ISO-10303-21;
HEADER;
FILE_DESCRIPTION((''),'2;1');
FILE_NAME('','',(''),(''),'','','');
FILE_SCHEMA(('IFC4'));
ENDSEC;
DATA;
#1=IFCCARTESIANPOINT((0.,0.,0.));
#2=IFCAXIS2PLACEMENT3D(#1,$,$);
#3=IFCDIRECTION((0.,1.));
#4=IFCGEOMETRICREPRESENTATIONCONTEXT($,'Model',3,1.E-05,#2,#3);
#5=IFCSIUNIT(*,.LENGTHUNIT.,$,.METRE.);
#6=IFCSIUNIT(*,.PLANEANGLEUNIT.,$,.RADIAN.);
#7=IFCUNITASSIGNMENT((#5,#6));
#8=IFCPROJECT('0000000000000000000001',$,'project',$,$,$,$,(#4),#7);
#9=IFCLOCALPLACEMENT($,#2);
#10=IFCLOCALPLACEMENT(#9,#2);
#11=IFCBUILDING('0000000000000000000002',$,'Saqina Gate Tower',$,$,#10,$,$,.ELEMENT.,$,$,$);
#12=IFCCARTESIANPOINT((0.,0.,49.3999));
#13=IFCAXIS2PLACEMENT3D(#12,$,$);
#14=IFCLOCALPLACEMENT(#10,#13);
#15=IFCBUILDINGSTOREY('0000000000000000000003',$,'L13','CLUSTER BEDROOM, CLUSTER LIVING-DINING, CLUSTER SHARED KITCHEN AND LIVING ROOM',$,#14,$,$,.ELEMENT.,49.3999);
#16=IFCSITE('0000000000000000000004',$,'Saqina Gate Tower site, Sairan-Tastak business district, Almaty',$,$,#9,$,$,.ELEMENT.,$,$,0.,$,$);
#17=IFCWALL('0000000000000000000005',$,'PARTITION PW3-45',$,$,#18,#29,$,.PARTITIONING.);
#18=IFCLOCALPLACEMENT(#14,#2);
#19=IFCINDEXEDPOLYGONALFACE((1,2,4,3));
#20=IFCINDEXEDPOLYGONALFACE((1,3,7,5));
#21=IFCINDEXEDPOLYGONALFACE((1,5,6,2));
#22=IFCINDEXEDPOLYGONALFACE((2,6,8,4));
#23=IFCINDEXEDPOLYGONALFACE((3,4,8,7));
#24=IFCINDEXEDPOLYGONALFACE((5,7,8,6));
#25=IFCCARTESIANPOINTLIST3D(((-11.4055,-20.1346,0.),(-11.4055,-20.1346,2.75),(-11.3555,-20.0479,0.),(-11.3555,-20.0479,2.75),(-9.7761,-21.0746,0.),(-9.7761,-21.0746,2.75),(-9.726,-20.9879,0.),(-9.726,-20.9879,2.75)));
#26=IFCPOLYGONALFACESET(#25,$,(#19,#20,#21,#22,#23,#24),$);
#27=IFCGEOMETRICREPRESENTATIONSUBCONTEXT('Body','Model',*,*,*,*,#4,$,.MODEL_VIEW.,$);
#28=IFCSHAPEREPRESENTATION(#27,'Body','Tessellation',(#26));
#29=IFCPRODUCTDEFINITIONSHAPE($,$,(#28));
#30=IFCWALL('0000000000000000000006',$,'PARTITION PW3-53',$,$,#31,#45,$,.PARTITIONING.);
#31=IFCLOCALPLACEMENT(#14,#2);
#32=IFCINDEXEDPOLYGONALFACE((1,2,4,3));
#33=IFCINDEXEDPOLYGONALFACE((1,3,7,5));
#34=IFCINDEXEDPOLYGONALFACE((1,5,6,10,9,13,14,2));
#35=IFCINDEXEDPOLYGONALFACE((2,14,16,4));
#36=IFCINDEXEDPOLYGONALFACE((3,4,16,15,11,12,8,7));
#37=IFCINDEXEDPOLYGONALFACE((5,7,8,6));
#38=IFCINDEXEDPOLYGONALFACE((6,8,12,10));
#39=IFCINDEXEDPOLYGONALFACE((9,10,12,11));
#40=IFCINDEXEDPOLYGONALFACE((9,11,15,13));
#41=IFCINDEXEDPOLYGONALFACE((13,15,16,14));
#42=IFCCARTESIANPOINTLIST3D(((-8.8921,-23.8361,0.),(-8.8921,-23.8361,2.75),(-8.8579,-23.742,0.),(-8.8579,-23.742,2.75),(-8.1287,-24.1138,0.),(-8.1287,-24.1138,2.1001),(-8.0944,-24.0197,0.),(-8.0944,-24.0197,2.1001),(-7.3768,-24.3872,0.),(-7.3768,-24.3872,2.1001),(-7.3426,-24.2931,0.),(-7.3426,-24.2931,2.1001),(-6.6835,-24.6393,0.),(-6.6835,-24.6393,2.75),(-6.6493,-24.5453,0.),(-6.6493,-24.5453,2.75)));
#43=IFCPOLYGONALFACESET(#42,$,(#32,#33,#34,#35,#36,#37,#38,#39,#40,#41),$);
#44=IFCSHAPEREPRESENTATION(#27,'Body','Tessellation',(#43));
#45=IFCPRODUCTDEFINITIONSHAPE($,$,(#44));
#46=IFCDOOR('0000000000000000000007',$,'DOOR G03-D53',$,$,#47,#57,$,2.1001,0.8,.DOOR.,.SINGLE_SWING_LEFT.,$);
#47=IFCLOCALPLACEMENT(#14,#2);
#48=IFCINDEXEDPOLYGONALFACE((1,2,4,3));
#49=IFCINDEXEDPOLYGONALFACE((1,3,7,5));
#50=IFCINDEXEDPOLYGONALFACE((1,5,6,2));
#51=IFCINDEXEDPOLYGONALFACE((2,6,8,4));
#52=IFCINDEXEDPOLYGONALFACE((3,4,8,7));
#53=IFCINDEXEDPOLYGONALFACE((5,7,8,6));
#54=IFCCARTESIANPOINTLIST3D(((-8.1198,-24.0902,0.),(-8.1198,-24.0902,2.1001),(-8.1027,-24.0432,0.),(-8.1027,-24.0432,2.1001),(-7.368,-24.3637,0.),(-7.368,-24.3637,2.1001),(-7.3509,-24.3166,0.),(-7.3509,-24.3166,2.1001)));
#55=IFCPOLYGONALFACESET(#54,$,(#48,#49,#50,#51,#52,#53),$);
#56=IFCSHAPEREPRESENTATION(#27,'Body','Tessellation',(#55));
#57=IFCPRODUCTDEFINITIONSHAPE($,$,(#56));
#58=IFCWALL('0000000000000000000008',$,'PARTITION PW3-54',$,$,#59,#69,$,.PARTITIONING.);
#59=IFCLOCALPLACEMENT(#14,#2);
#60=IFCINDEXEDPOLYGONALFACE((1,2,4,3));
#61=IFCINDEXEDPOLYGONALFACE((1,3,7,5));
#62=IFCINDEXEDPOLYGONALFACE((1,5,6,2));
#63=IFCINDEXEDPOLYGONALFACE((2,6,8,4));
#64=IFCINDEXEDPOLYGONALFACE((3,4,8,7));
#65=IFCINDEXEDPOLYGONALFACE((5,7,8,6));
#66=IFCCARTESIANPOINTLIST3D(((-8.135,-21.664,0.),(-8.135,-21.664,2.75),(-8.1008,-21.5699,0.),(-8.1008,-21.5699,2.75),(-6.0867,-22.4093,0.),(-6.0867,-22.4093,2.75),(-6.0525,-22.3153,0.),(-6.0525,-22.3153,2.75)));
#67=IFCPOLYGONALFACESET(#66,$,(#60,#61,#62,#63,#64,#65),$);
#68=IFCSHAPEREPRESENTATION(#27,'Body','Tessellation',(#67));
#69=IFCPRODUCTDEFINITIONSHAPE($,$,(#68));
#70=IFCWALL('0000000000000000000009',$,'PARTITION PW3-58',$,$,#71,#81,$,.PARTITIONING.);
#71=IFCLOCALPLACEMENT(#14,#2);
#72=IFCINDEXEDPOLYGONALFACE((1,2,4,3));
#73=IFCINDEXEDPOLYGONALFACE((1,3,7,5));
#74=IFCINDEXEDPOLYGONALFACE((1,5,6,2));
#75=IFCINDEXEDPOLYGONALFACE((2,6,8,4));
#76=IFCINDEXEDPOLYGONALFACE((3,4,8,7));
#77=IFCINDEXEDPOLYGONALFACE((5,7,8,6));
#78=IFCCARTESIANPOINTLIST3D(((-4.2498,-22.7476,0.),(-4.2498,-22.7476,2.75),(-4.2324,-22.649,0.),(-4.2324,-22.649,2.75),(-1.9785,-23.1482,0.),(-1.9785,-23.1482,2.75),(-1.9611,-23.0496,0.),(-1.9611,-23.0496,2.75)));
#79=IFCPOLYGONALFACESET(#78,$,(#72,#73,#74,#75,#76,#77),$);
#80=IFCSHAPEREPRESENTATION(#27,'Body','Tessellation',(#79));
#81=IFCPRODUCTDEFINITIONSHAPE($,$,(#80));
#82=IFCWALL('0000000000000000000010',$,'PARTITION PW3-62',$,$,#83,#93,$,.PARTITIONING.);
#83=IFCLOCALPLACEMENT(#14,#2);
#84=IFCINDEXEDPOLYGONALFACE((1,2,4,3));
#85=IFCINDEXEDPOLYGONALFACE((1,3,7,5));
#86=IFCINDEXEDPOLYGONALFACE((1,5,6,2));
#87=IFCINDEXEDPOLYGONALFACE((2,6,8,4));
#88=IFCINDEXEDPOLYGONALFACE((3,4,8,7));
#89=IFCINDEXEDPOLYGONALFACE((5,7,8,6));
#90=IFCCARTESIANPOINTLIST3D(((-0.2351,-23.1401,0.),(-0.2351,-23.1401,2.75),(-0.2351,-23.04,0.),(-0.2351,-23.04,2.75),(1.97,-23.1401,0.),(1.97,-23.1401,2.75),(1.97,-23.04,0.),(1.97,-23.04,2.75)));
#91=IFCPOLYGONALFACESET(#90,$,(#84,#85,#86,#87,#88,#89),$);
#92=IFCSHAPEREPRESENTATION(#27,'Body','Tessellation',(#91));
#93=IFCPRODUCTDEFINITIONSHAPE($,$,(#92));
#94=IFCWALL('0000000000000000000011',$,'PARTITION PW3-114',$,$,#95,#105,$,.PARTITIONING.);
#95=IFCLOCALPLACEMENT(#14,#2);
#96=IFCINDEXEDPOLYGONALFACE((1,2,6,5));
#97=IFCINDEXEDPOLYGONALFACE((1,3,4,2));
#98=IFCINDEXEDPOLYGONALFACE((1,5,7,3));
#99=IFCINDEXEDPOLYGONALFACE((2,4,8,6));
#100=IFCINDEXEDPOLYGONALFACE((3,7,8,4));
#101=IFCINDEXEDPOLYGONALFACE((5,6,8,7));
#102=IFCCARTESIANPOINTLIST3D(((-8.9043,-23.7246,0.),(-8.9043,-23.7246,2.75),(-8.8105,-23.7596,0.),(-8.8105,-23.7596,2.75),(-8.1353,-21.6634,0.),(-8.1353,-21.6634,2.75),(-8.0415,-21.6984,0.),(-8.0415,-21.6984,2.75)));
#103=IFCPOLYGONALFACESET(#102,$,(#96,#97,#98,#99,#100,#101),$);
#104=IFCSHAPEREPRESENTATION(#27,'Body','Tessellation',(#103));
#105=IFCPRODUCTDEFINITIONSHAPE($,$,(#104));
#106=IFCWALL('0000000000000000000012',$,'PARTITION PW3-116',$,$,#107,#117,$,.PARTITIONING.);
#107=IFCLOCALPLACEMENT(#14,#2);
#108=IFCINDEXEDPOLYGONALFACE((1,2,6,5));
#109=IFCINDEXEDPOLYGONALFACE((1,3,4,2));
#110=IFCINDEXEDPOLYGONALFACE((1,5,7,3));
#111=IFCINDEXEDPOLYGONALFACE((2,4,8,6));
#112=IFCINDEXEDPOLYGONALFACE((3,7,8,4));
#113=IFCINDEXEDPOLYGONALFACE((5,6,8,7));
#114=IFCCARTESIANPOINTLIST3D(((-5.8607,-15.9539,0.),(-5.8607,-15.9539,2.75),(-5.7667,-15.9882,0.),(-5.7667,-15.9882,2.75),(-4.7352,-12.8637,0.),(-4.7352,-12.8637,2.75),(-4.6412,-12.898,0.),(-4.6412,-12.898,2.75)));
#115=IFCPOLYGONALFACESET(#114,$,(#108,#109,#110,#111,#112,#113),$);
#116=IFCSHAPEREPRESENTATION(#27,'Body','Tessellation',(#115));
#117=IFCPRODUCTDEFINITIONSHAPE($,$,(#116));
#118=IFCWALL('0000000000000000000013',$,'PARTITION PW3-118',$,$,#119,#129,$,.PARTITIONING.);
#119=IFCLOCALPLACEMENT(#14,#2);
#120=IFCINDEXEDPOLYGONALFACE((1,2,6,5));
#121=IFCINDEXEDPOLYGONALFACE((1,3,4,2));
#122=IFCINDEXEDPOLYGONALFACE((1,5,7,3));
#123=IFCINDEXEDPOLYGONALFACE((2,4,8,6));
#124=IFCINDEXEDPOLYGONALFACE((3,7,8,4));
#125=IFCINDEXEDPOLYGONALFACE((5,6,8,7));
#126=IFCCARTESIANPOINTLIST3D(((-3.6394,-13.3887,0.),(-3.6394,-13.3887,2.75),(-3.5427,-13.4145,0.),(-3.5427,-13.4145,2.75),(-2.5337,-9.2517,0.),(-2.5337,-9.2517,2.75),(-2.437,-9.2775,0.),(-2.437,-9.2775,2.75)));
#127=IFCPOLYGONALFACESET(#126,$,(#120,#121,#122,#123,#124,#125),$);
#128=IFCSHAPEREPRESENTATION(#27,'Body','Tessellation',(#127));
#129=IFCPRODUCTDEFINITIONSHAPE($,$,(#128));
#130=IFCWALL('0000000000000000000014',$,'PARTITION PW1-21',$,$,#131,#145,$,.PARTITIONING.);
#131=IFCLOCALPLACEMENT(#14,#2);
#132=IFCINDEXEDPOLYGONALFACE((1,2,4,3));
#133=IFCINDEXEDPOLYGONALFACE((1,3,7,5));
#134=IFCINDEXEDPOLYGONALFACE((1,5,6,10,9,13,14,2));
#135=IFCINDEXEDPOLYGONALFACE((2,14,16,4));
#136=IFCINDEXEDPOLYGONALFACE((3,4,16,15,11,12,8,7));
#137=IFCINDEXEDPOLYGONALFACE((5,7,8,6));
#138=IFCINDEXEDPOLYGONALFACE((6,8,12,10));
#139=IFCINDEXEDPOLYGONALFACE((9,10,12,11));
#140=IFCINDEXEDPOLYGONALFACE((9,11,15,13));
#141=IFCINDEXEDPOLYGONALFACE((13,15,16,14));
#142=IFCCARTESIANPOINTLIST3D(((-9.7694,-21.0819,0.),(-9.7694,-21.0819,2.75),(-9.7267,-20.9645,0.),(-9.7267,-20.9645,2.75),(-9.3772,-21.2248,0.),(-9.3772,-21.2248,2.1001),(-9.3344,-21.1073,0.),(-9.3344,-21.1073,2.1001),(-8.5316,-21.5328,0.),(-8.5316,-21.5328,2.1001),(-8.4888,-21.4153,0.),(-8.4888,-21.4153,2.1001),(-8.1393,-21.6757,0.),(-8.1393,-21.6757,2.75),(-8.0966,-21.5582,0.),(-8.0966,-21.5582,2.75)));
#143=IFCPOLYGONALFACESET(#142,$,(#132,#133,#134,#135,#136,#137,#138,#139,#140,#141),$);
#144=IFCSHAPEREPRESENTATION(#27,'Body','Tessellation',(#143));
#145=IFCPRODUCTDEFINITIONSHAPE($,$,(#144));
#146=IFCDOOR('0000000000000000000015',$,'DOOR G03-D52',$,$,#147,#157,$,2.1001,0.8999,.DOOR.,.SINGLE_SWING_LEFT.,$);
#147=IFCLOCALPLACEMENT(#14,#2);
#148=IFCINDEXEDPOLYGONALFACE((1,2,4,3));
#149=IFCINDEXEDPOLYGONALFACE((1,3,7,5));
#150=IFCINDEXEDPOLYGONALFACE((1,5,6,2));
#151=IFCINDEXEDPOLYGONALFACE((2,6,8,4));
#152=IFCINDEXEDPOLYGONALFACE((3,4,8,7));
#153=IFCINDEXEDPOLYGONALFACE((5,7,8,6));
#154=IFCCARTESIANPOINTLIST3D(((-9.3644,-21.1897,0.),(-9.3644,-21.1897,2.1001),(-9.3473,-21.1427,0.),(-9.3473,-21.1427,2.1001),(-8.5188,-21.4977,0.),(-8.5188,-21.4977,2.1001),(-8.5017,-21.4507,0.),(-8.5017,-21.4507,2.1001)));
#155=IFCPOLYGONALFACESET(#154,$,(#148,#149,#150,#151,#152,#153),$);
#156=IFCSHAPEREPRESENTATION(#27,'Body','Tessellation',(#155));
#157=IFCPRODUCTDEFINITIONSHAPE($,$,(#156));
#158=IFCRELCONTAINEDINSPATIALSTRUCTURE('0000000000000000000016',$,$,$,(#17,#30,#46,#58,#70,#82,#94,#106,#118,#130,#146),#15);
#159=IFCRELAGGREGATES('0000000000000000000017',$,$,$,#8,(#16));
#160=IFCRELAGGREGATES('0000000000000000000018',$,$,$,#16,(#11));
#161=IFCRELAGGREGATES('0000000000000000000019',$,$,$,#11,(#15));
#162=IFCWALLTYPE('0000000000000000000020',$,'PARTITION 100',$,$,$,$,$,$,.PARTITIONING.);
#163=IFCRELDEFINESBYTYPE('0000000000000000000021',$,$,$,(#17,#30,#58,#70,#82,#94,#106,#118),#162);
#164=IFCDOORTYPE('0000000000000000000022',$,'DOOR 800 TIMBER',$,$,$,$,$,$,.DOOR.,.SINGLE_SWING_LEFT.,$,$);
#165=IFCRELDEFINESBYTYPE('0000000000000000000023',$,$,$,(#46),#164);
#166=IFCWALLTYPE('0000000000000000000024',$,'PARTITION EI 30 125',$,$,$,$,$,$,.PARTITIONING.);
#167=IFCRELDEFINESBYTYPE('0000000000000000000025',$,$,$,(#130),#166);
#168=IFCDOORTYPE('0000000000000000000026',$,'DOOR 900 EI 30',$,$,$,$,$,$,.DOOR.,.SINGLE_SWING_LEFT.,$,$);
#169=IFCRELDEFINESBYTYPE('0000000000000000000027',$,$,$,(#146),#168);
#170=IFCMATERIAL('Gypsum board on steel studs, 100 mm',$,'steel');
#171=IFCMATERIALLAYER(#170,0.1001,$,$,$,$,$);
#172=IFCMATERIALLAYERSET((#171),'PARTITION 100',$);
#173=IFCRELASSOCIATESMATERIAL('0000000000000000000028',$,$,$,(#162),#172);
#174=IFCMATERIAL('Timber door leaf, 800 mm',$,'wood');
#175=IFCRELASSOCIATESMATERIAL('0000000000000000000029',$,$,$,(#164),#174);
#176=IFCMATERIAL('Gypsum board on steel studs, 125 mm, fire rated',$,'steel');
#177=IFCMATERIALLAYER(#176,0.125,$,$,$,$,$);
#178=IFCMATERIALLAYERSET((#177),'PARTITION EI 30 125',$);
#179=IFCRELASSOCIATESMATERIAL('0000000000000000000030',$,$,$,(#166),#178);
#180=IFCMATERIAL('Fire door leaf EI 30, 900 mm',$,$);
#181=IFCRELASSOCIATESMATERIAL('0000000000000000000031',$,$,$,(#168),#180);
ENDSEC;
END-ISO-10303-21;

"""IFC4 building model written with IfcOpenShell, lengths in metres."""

from ifc_helpers import new_model, si_unit, direction, frame, frame_2d, origin, place, context, subcontext, project, spatial, rectangle, extrude, material, layer, layer_set, type_object, element, fill, save


model = new_model("IFC4")

# Units and contexts
model_context = context("Model", 3, precision=1e-05, world=origin(), true_north=direction((0.0, 1.0)))
body_context = subcontext(model_context, "Body", "Model", "MODEL_VIEW")
ifc_project = project(units=[si_unit("LENGTHUNIT", "METRE"), si_unit("PLANEANGLEUNIT", "RADIAN")], contexts=[model_context])

# Site, building, storey
site_placement = place(None, origin())
site = spatial("IfcSite", under=ifc_project, at=site_placement, Name="Saqina Gate Tower site, Sairan-Tastak business district, Almaty", CompositionType="ELEMENT", RefElevation=0.0)
building_placement = place(site_placement, origin())
building = spatial("IfcBuilding", under=site, at=building_placement, Name="Saqina Gate Tower", CompositionType="ELEMENT")
storey_placement = place(building_placement, frame((0.0, 0.0, 49.3999)))
storey = spatial("IfcBuildingStorey", under=building, at=storey_placement, Name="L13", Description="CLUSTER BEDROOM, CLUSTER LIVING-DINING, CLUSTER SHARED KITCHEN AND LIVING ROOM", CompositionType="ELEMENT", Elevation=49.3999)

# Wall
ifc_material_1 = material(Name="Gypsum board on steel studs, 100 mm", Category="steel")
ifc_layer_1 = layer(ifc_material_1, 0.1001)
ifc_layer_set_1 = layer_set([ifc_layer_1], Name="PARTITION 100")
wall_type_1 = type_object("IfcWallType", Name="PARTITION 100", PredefinedType="PARTITIONING", material=ifc_layer_set_1)
wall_1_placement = place(storey_placement, frame((-11.3804, -20.0913, 0.0), z_axis=(0.0, 0.0, 1.0), x_axis=(0.866207, -0.499685, 0.0)))
element("IfcWall", 1, at=wall_1_placement, inside=storey, type_object=wall_type_1, Name="PARTITION PW3-45", PredefinedType="PARTITIONING", context=body_context, shape_type="SweptSolid", body=[
    extrude(rectangle(XDim=1.8811, YDim=0.1001, at=frame_2d((0.9404, 0.0))), origin(), (0.0, 0.0, 1.0), 2.75),
])

# Wall, opening, door
wall_2_placement = place(storey_placement, frame((-8.875, -23.7891, 0.0), z_axis=(0.0, 0.0, 1.0), x_axis=(0.939775, -0.341793, 0.0)))
wall_2 = element("IfcWall", 2, at=wall_2_placement, inside=storey, type_object=wall_type_1, Name="PARTITION PW3-53", PredefinedType="PARTITIONING", context=body_context, shape_type="SweptSolid", body=[
    extrude(rectangle(XDim=2.3501, YDim=0.1001, at=frame_2d((1.175, 0.0))), origin(), (0.0, 0.0, 1.0), 2.75),
])
opening_1_placement = place(wall_2_placement, frame((0.8125, 0.0, 0.0)))
opening_1 = element("IfcOpeningElement", 3, at=opening_1_placement, cuts=wall_2, PredefinedType="OPENING", context=body_context, shape_type="SweptSolid", body=[
    extrude(rectangle(XDim=0.8, YDim=2.1001, at=frame_2d((0.3999, 1.05))), frame((0.0, 0.062, 0.0), z_axis=(0.0, -1.0, 0.0), x_axis=(1.0, 0.0, 0.0)), (0.0, 0.0, 1.0), 0.124),
])
ifc_material_2 = material(Name="Timber door leaf, 800 mm", Category="wood")
door_type_1 = type_object("IfcDoorType", Name="DOOR 800 TIMBER", OperationType="SINGLE_SWING_LEFT", PredefinedType="DOOR", material=ifc_material_2)
door_1_placement = place(opening_1_placement, frame((0.8, 0.0, 0.0), z_axis=(0.0, 0.0, 1.0), x_axis=(-1.0, 0.0, 0.0)))
door_1 = element("IfcDoor", 4, at=door_1_placement, inside=storey, type_object=door_type_1, Name="DOOR G03-D53", OperationType="SINGLE_SWING_LEFT", OverallHeight=2.1001, OverallWidth=0.8, PredefinedType="DOOR", context=body_context, shape_type="SweptSolid", body=[
    extrude(rectangle(XDim=0.8, YDim=2.1001, at=frame_2d((0.3999, 1.05))), frame((0.0, 0.0249, 0.0), z_axis=(0.0, -1.0, 0.0), x_axis=(1.0, 0.0, 0.0)), (0.0, 0.0, 1.0), 0.05),
])
fill(opening_1, door_1)

# Walls
wall_3_placement = place(storey_placement, frame((-8.1179, -21.6169, 0.0), z_axis=(0.0, 0.0, 1.0), x_axis=(0.939718, -0.34195, 0.0)))
element("IfcWall", 5, at=wall_3_placement, inside=storey, type_object=wall_type_1, Name="PARTITION PW3-54", PredefinedType="PARTITIONING", context=body_context, shape_type="SweptSolid", body=[
    extrude(rectangle(XDim=2.1797, YDim=0.1001, at=frame_2d((1.0898, 0.0))), origin(), (0.0, 0.0, 1.0), 2.75),
])
wall_4_placement = place(storey_placement, frame((-4.2412, -22.6982, 0.0), z_axis=(0.0, 0.0, 1.0), x_axis=(0.984796, -0.173713, 0.0)))
element("IfcWall", 6, at=wall_4_placement, inside=storey, type_object=wall_type_1, Name="PARTITION PW3-58", PredefinedType="PARTITIONING", context=body_context, shape_type="SweptSolid", body=[
    extrude(rectangle(XDim=2.3064, YDim=0.1001, at=frame_2d((1.1533, 0.0))), origin(), (0.0, 0.0, 1.0), 2.75),
])
wall_5_placement = place(storey_placement, frame((-0.2351, -23.0901, 0.0), z_axis=(0.0, 0.0, 1.0), x_axis=(1.0, 0.0, 0.0)))
element("IfcWall", 7, at=wall_5_placement, inside=storey, type_object=wall_type_1, Name="PARTITION PW3-62", PredefinedType="PARTITIONING", context=body_context, shape_type="SweptSolid", body=[
    extrude(rectangle(XDim=2.2051, YDim=0.1001, at=frame_2d((1.1025, 0.0))), origin(), (0.0, 0.0, 1.0), 2.75),
])
wall_6_placement = place(storey_placement, frame((-8.8574, -23.7422, 0.0), z_axis=(0.0, 0.0, 1.0), x_axis=(0.349554, 0.936916, 0.0)))
element("IfcWall", 8, at=wall_6_placement, inside=storey, type_object=wall_type_1, Name="PARTITION PW3-114", PredefinedType="PARTITIONING", context=body_context, shape_type="SweptSolid", body=[
    extrude(rectangle(XDim=2.2, YDim=0.1001, at=frame_2d((1.1001, 0.0))), origin(), (0.0, 0.0, 1.0), 2.75),
])
wall_7_placement = place(storey_placement, frame((-5.8137, -15.9712, 0.0), z_axis=(0.0, 0.0, 1.0), x_axis=(0.342208, 0.939624, 0.0)))
element("IfcWall", 9, at=wall_7_placement, inside=storey, type_object=wall_type_1, Name="PARTITION PW3-116", PredefinedType="PARTITIONING", context=body_context, shape_type="SweptSolid", body=[
    extrude(rectangle(XDim=3.2888, YDim=0.1001, at=frame_2d((1.6445, 0.0))), origin(), (0.0, 0.0, 1.0), 2.75),
])
wall_8_placement = place(storey_placement, frame((-3.5911, -13.4016, 0.0), z_axis=(0.0, 0.0, 1.0), x_axis=(0.258213, 0.966088, 0.0)))
element("IfcWall", 10, at=wall_8_placement, inside=storey, type_object=wall_type_1, Name="PARTITION PW3-118", PredefinedType="PARTITIONING", context=body_context, shape_type="SweptSolid", body=[
    extrude(rectangle(XDim=4.2822, YDim=0.1001, at=frame_2d((2.1411, 0.0))), origin(), (0.0, 0.0, 1.0), 2.75),
])

# Wall, opening, door
ifc_material_3 = material(Name="Gypsum board on steel studs, 125 mm, fire rated", Category="steel")
ifc_layer_2 = layer(ifc_material_3, 0.125)
ifc_layer_set_2 = layer_set([ifc_layer_2], Name="PARTITION EI 30 125")
wall_type_2 = type_object("IfcWallType", Name="PARTITION EI 30 125", PredefinedType="PARTITIONING", material=ifc_layer_set_2)
wall_9_placement = place(storey_placement, frame((-9.748, -21.0232, 0.0), z_axis=(0.0, 0.0, 1.0), x_axis=(0.939613, -0.34224, 0.0)))
wall_9 = element("IfcWall", 11, at=wall_9_placement, inside=storey, type_object=wall_type_2, Name="PARTITION PW1-21", PredefinedType="PARTITIONING", context=body_context, shape_type="SweptSolid", body=[
    extrude(rectangle(XDim=1.7349, YDim=0.125, at=frame_2d((0.8674, 0.0))), origin(), (0.0, 0.0, 1.0), 2.75),
])
opening_2_placement = place(wall_9_placement, frame((0.4175, 0.0, 0.0)))
opening_2 = element("IfcOpeningElement", 12, at=opening_2_placement, cuts=wall_9, PredefinedType="OPENING", context=body_context, shape_type="SweptSolid", body=[
    extrude(rectangle(XDim=0.8999, YDim=2.1001, at=frame_2d((0.45, 1.05))), frame((0.0, 0.0745, 0.0), z_axis=(0.0, -1.0, 0.0), x_axis=(1.0, 0.0, 0.0)), (0.0, 0.0, 1.0), 0.1489),
])
ifc_material_4 = material(Name="Fire door leaf EI 30, 900 mm")
door_type_2 = type_object("IfcDoorType", Name="DOOR 900 EI 30", OperationType="SINGLE_SWING_LEFT", PredefinedType="DOOR", material=ifc_material_4)
door_2_placement = place(opening_2_placement, origin())
door_2 = element("IfcDoor", 13, at=door_2_placement, inside=storey, type_object=door_type_2, Name="DOOR G03-D52", OperationType="SINGLE_SWING_LEFT", OverallHeight=2.1001, OverallWidth=0.8999, PredefinedType="DOOR", context=body_context, shape_type="SweptSolid", body=[
    extrude(rectangle(XDim=0.8999, YDim=2.1001, at=frame_2d((0.45, 1.05))), frame((0.0, 0.0249, 0.0), z_axis=(0.0, -1.0, 0.0), x_axis=(1.0, 0.0, 0.0)), (0.0, 0.0, 1.0), 0.05),
])
fill(opening_2, door_2)

save(model, "model.ifc")
